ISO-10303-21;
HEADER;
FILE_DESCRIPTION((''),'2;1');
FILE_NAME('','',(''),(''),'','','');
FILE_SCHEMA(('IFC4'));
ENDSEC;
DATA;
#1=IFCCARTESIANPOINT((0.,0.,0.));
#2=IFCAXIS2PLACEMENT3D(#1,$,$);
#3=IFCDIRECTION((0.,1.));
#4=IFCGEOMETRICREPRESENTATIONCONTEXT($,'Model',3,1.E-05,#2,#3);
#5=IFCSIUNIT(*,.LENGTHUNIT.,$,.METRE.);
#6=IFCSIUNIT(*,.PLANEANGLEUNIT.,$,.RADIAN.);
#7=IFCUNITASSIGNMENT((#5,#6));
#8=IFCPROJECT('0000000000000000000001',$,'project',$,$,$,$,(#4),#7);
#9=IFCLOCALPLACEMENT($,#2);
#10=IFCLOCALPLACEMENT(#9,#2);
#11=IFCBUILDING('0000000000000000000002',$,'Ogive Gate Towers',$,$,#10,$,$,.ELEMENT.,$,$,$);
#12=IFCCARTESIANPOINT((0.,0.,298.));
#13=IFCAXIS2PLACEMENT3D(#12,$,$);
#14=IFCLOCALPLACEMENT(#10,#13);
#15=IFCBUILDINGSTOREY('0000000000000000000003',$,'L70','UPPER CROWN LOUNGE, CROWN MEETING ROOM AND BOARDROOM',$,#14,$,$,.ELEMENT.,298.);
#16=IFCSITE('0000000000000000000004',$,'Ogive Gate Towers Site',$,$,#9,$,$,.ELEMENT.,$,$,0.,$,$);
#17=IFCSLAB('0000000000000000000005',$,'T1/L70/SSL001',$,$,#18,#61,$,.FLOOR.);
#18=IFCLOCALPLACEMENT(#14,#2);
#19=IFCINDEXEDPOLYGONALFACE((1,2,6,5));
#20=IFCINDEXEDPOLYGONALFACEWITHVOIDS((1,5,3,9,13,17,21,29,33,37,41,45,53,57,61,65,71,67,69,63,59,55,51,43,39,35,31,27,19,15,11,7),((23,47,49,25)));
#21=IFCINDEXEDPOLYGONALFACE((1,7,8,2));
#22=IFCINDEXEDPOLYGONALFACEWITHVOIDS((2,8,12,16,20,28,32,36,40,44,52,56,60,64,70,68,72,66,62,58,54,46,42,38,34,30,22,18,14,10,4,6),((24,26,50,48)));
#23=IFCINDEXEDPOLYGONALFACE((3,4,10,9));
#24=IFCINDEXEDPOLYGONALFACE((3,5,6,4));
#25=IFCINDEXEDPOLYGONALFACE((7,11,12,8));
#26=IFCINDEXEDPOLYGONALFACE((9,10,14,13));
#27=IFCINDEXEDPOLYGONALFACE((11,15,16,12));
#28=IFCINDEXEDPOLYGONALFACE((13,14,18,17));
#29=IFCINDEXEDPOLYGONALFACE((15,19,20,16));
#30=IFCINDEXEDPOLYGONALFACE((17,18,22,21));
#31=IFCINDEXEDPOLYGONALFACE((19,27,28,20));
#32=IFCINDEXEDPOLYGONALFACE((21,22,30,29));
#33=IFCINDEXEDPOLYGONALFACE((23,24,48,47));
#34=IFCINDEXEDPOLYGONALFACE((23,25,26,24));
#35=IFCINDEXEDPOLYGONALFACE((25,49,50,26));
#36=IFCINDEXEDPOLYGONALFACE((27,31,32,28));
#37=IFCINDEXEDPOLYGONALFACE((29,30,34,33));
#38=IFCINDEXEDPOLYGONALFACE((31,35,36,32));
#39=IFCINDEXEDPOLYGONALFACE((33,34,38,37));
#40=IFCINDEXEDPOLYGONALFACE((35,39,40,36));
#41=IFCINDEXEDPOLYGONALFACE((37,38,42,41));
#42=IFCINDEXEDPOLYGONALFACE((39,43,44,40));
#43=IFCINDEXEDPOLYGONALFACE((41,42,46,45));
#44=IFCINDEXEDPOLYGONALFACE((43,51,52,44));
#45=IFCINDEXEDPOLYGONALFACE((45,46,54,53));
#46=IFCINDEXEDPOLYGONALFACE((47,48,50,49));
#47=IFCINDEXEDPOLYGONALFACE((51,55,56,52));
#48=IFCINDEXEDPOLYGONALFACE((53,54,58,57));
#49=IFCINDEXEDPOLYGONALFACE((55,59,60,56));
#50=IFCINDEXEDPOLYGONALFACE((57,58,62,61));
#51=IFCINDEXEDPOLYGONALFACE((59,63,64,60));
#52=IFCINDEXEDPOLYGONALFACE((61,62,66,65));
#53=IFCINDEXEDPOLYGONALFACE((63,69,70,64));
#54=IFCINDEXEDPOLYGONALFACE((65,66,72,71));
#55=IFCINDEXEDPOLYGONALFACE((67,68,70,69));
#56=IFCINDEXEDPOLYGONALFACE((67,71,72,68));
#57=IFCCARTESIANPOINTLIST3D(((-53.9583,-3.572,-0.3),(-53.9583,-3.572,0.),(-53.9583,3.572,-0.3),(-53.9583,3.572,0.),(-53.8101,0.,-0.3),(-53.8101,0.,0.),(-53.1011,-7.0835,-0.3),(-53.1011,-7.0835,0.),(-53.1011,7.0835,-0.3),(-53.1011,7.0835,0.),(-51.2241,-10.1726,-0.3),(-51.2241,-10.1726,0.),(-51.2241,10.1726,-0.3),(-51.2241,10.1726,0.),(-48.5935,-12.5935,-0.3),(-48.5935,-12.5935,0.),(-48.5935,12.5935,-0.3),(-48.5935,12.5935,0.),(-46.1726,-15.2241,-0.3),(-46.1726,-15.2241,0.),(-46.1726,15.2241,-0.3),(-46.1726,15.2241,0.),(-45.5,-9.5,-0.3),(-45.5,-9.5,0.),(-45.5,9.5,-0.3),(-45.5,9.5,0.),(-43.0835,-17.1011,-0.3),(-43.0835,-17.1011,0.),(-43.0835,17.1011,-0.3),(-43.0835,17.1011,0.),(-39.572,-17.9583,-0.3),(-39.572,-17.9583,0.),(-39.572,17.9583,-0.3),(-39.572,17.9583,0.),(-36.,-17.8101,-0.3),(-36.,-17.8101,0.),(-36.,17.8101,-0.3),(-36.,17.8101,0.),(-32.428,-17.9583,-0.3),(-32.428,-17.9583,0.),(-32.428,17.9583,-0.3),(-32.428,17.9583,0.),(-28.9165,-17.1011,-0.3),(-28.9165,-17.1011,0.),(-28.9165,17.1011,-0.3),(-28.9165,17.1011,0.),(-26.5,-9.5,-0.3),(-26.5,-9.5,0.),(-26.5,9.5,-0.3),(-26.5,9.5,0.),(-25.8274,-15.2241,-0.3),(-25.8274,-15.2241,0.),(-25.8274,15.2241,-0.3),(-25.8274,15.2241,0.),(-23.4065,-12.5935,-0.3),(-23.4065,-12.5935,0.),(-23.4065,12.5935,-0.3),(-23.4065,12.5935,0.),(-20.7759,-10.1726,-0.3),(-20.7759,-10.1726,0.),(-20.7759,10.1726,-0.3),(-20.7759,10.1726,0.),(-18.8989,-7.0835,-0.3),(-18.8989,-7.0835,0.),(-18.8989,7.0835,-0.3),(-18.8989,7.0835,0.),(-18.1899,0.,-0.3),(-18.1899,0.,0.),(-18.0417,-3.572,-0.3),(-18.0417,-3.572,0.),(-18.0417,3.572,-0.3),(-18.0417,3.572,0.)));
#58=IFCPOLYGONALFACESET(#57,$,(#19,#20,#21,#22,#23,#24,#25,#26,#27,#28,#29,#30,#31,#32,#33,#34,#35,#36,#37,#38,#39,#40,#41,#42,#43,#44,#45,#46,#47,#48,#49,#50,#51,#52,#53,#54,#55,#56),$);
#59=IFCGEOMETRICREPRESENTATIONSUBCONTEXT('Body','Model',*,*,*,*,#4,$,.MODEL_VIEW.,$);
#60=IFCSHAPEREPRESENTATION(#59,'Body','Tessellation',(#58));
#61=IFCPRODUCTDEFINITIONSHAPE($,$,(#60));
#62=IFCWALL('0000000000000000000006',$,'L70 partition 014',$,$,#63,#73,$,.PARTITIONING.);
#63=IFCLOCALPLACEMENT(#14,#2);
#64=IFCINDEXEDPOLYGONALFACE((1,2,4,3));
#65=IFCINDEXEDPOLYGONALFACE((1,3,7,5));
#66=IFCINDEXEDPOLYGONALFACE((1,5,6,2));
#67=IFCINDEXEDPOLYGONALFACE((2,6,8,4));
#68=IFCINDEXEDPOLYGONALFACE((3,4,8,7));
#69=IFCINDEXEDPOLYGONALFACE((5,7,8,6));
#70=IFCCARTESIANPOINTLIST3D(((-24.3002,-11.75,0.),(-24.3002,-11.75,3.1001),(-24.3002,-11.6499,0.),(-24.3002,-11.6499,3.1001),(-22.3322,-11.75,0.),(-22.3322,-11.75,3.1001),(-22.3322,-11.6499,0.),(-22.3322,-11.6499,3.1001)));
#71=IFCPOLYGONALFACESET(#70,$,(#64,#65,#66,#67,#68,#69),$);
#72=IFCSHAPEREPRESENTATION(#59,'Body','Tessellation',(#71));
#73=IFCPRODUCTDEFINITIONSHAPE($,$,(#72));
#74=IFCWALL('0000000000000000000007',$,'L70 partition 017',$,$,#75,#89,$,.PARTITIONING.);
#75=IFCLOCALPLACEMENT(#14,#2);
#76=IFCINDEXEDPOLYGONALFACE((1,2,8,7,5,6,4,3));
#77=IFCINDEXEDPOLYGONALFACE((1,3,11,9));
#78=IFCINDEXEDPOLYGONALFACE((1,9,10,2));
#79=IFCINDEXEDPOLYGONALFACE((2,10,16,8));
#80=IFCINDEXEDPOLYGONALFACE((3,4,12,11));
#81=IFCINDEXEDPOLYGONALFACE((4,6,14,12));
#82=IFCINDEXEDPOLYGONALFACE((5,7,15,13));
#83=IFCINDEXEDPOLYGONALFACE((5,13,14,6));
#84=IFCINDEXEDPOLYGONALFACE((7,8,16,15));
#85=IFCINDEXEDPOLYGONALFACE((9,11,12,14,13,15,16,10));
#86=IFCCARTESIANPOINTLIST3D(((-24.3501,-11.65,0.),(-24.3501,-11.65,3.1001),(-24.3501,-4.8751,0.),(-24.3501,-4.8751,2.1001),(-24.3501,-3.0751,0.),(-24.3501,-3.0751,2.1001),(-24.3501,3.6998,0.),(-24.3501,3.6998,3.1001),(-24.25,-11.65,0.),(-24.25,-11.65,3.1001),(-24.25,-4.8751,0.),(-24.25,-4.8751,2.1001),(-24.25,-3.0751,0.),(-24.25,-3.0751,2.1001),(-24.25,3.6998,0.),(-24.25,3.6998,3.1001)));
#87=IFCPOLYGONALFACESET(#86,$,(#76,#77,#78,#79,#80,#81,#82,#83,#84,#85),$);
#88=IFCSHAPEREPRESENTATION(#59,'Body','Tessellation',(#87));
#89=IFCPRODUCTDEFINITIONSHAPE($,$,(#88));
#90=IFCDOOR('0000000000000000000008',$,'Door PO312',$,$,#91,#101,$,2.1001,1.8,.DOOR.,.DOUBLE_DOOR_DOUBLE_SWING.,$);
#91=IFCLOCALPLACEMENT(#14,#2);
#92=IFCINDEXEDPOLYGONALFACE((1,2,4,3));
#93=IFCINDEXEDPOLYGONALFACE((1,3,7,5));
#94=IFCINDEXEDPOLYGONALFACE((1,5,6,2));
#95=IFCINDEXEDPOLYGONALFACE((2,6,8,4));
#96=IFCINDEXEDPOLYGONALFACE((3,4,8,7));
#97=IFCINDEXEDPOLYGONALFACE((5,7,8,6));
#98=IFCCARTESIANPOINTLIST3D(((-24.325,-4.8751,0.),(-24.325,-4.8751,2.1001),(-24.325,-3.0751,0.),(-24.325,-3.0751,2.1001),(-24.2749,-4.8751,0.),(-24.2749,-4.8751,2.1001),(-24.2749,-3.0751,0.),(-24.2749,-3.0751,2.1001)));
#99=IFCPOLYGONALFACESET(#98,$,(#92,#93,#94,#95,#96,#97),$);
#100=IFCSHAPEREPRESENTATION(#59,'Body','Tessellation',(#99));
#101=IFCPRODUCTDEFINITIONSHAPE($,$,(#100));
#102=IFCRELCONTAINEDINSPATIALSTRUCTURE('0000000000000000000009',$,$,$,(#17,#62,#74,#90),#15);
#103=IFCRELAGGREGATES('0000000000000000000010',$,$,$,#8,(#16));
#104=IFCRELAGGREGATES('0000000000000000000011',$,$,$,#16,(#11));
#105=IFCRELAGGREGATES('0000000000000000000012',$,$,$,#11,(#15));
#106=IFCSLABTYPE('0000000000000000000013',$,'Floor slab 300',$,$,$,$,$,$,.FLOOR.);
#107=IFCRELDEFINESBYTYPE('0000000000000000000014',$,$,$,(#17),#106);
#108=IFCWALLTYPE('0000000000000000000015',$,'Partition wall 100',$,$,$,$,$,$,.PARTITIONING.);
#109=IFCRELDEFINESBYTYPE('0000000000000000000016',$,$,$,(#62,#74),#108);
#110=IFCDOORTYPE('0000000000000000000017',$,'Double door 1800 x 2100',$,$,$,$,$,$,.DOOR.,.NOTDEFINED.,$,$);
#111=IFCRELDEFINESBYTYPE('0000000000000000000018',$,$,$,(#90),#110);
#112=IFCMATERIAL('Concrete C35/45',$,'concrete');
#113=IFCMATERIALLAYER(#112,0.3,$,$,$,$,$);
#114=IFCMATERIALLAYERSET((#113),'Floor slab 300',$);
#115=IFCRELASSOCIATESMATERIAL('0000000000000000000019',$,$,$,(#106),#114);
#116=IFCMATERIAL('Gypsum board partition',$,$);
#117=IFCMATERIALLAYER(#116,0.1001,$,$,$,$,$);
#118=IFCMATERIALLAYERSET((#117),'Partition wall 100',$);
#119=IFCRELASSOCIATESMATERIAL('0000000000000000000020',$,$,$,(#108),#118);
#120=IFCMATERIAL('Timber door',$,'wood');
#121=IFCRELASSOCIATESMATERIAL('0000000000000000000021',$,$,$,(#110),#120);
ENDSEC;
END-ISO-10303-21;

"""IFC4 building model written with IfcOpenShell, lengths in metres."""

from ifc_helpers import new_model, si_unit, direction, frame, frame_2d, origin, place, context, subcontext, project, spatial, polyline, rectangle, outline, extrude, material, layer, layer_set, type_object, element, fill, save


model = new_model("IFC4")

# Units and contexts
model_context = context("Model", 3, precision=1e-05, world=origin(), true_north=direction((0.0, 1.0)))
body_context = subcontext(model_context, "Body", "Model", "MODEL_VIEW")
ifc_project = project(units=[si_unit("LENGTHUNIT", "METRE"), si_unit("PLANEANGLEUNIT", "RADIAN")], contexts=[model_context])

# Site, building, storey
site_placement = place(None, origin())
site = spatial("IfcSite", under=ifc_project, at=site_placement, Name="Ogive Gate Towers Site", CompositionType="ELEMENT", RefElevation=0.0)
building_placement = place(site_placement, origin())
building = spatial("IfcBuilding", under=site, at=building_placement, Name="Ogive Gate Towers", CompositionType="ELEMENT")
storey_placement = place(building_placement, frame((0.0, 0.0, 298.0)))
storey = spatial("IfcBuildingStorey", under=building, at=storey_placement, Name="L70", Description="UPPER CROWN LOUNGE, CROWN MEETING ROOM AND BOARDROOM", CompositionType="ELEMENT", Elevation=298.0)

# Slab
ifc_material_1 = material(Name="Concrete C35/45", Category="concrete")
ifc_layer_1 = layer(ifc_material_1, 0.3)
ifc_layer_set_1 = layer_set([ifc_layer_1], Name="Floor slab 300")
slab_type = type_object("IfcSlabType", Name="Floor slab 300", PredefinedType="FLOOR", material=ifc_layer_set_1)
slab_placement = place(storey_placement, frame((0.0, 0.0, -0.3)))
element("IfcSlab", 1, at=slab_placement, inside=storey, type_object=slab_type, Name="T1/L70/SSL001", PredefinedType="FLOOR", context=body_context, shape_type="SweptSolid", body=[
    extrude(outline(polyline([(-18.8989, -7.0835), (-18.0417, -3.572), (-18.1899, 0.0), (-18.0417, 3.572), (-18.8989, 7.0835), (-20.7759, 10.1726), (-23.4065, 12.5935), (-25.8274, 15.2241), (-28.9165, 17.1011), (-32.428, 17.9583), (-36.0, 17.8101), (-39.572, 17.9583), (-43.0835, 17.1011), (-46.1726, 15.2241), (-48.5935, 12.5935), (-51.2241, 10.1726), (-53.1011, 7.0835), (-53.9583, 3.572), (-53.8101, 0.0), (-53.9583, -3.572), (-53.1011, -7.0835), (-51.2241, -10.1726), (-48.5935, -12.5935), (-46.1726, -15.2241), (-43.0835, -17.1011), (-39.572, -17.9583), (-36.0, -17.8101), (-32.428, -17.9583), (-28.9165, -17.1011), (-25.8274, -15.2241), (-23.4065, -12.5935), (-20.7759, -10.1726), (-18.8989, -7.0835)]), holes=[polyline([(-26.5, -9.5), (-45.5, -9.5), (-45.5, 9.5), (-26.5, 9.5), (-26.5, -9.5)])]), origin(), (0.0, 0.0, 1.0), 0.3),
])

# Wall
ifc_material_2 = material(Name="Gypsum board partition")
ifc_layer_2 = layer(ifc_material_2, 0.1001)
ifc_layer_set_2 = layer_set([ifc_layer_2], Name="Partition wall 100")
wall_type = type_object("IfcWallType", Name="Partition wall 100", PredefinedType="PARTITIONING", material=ifc_layer_set_2)
wall_1_placement = place(storey_placement, frame((-24.3, -11.7, 0.0), z_axis=(0.0, 0.0, 1.0), x_axis=(1.0, 0.0, 0.0)))
element("IfcWall", 2, at=wall_1_placement, inside=storey, type_object=wall_type, Name="L70 partition 014", PredefinedType="PARTITIONING", context=body_context, shape_type="SweptSolid", body=[
    extrude(rectangle(XDim=1.968, YDim=0.1001, at=frame_2d((0.9839, 0.0))), origin(), (0.0, 0.0, 1.0), 3.1001),
])

# Wall, opening, door
wall_2_placement = place(storey_placement, frame((-24.3, -11.6499, 0.0), z_axis=(0.0, 0.0, 1.0), x_axis=(0.0, 1.0, 0.0)))
wall_2 = element("IfcWall", 3, at=wall_2_placement, inside=storey, type_object=wall_type, Name="L70 partition 017", PredefinedType="PARTITIONING", context=body_context, shape_type="SweptSolid", body=[
    extrude(rectangle(XDim=15.3499, YDim=0.1001, at=frame_2d((7.6748, 0.0))), origin(), (0.0, 0.0, 1.0), 3.1001),
])
opening_placement = place(wall_2_placement, frame((6.7749, 0.0, 0.0)))
opening = element("IfcOpeningElement", 4, at=opening_placement, cuts=wall_2, PredefinedType="OPENING", context=body_context, shape_type="SweptSolid", body=[
    extrude(rectangle(XDim=1.8, YDim=2.1001, at=frame_2d((0.8999, 1.05))), frame((0.0, 0.0601, 0.0), z_axis=(0.0, -1.0, 0.0), x_axis=(1.0, 0.0, 0.0)), (0.0, 0.0, 1.0), 0.1201),
])
ifc_material_3 = material(Name="Timber door", Category="wood")
door_type = type_object("IfcDoorType", Name="Double door 1800 x 2100", OperationType="NOTDEFINED", PredefinedType="DOOR", material=ifc_material_3)
door_placement = place(opening_placement, origin())
door = element("IfcDoor", 5, at=door_placement, inside=storey, type_object=door_type, Name="Door PO312", OperationType="DOUBLE_DOOR_DOUBLE_SWING", OverallHeight=2.1001, OverallWidth=1.8, PredefinedType="DOOR", context=body_context, shape_type="SweptSolid", body=[
    extrude(rectangle(XDim=1.8, YDim=2.1001, at=frame_2d((0.8999, 1.05))), frame((0.0, 0.0249, 0.0), z_axis=(0.0, -1.0, 0.0), x_axis=(1.0, 0.0, 0.0)), (0.0, 0.0, 1.0), 0.05),
])
fill(opening, door)

save(model, "model.ifc")
